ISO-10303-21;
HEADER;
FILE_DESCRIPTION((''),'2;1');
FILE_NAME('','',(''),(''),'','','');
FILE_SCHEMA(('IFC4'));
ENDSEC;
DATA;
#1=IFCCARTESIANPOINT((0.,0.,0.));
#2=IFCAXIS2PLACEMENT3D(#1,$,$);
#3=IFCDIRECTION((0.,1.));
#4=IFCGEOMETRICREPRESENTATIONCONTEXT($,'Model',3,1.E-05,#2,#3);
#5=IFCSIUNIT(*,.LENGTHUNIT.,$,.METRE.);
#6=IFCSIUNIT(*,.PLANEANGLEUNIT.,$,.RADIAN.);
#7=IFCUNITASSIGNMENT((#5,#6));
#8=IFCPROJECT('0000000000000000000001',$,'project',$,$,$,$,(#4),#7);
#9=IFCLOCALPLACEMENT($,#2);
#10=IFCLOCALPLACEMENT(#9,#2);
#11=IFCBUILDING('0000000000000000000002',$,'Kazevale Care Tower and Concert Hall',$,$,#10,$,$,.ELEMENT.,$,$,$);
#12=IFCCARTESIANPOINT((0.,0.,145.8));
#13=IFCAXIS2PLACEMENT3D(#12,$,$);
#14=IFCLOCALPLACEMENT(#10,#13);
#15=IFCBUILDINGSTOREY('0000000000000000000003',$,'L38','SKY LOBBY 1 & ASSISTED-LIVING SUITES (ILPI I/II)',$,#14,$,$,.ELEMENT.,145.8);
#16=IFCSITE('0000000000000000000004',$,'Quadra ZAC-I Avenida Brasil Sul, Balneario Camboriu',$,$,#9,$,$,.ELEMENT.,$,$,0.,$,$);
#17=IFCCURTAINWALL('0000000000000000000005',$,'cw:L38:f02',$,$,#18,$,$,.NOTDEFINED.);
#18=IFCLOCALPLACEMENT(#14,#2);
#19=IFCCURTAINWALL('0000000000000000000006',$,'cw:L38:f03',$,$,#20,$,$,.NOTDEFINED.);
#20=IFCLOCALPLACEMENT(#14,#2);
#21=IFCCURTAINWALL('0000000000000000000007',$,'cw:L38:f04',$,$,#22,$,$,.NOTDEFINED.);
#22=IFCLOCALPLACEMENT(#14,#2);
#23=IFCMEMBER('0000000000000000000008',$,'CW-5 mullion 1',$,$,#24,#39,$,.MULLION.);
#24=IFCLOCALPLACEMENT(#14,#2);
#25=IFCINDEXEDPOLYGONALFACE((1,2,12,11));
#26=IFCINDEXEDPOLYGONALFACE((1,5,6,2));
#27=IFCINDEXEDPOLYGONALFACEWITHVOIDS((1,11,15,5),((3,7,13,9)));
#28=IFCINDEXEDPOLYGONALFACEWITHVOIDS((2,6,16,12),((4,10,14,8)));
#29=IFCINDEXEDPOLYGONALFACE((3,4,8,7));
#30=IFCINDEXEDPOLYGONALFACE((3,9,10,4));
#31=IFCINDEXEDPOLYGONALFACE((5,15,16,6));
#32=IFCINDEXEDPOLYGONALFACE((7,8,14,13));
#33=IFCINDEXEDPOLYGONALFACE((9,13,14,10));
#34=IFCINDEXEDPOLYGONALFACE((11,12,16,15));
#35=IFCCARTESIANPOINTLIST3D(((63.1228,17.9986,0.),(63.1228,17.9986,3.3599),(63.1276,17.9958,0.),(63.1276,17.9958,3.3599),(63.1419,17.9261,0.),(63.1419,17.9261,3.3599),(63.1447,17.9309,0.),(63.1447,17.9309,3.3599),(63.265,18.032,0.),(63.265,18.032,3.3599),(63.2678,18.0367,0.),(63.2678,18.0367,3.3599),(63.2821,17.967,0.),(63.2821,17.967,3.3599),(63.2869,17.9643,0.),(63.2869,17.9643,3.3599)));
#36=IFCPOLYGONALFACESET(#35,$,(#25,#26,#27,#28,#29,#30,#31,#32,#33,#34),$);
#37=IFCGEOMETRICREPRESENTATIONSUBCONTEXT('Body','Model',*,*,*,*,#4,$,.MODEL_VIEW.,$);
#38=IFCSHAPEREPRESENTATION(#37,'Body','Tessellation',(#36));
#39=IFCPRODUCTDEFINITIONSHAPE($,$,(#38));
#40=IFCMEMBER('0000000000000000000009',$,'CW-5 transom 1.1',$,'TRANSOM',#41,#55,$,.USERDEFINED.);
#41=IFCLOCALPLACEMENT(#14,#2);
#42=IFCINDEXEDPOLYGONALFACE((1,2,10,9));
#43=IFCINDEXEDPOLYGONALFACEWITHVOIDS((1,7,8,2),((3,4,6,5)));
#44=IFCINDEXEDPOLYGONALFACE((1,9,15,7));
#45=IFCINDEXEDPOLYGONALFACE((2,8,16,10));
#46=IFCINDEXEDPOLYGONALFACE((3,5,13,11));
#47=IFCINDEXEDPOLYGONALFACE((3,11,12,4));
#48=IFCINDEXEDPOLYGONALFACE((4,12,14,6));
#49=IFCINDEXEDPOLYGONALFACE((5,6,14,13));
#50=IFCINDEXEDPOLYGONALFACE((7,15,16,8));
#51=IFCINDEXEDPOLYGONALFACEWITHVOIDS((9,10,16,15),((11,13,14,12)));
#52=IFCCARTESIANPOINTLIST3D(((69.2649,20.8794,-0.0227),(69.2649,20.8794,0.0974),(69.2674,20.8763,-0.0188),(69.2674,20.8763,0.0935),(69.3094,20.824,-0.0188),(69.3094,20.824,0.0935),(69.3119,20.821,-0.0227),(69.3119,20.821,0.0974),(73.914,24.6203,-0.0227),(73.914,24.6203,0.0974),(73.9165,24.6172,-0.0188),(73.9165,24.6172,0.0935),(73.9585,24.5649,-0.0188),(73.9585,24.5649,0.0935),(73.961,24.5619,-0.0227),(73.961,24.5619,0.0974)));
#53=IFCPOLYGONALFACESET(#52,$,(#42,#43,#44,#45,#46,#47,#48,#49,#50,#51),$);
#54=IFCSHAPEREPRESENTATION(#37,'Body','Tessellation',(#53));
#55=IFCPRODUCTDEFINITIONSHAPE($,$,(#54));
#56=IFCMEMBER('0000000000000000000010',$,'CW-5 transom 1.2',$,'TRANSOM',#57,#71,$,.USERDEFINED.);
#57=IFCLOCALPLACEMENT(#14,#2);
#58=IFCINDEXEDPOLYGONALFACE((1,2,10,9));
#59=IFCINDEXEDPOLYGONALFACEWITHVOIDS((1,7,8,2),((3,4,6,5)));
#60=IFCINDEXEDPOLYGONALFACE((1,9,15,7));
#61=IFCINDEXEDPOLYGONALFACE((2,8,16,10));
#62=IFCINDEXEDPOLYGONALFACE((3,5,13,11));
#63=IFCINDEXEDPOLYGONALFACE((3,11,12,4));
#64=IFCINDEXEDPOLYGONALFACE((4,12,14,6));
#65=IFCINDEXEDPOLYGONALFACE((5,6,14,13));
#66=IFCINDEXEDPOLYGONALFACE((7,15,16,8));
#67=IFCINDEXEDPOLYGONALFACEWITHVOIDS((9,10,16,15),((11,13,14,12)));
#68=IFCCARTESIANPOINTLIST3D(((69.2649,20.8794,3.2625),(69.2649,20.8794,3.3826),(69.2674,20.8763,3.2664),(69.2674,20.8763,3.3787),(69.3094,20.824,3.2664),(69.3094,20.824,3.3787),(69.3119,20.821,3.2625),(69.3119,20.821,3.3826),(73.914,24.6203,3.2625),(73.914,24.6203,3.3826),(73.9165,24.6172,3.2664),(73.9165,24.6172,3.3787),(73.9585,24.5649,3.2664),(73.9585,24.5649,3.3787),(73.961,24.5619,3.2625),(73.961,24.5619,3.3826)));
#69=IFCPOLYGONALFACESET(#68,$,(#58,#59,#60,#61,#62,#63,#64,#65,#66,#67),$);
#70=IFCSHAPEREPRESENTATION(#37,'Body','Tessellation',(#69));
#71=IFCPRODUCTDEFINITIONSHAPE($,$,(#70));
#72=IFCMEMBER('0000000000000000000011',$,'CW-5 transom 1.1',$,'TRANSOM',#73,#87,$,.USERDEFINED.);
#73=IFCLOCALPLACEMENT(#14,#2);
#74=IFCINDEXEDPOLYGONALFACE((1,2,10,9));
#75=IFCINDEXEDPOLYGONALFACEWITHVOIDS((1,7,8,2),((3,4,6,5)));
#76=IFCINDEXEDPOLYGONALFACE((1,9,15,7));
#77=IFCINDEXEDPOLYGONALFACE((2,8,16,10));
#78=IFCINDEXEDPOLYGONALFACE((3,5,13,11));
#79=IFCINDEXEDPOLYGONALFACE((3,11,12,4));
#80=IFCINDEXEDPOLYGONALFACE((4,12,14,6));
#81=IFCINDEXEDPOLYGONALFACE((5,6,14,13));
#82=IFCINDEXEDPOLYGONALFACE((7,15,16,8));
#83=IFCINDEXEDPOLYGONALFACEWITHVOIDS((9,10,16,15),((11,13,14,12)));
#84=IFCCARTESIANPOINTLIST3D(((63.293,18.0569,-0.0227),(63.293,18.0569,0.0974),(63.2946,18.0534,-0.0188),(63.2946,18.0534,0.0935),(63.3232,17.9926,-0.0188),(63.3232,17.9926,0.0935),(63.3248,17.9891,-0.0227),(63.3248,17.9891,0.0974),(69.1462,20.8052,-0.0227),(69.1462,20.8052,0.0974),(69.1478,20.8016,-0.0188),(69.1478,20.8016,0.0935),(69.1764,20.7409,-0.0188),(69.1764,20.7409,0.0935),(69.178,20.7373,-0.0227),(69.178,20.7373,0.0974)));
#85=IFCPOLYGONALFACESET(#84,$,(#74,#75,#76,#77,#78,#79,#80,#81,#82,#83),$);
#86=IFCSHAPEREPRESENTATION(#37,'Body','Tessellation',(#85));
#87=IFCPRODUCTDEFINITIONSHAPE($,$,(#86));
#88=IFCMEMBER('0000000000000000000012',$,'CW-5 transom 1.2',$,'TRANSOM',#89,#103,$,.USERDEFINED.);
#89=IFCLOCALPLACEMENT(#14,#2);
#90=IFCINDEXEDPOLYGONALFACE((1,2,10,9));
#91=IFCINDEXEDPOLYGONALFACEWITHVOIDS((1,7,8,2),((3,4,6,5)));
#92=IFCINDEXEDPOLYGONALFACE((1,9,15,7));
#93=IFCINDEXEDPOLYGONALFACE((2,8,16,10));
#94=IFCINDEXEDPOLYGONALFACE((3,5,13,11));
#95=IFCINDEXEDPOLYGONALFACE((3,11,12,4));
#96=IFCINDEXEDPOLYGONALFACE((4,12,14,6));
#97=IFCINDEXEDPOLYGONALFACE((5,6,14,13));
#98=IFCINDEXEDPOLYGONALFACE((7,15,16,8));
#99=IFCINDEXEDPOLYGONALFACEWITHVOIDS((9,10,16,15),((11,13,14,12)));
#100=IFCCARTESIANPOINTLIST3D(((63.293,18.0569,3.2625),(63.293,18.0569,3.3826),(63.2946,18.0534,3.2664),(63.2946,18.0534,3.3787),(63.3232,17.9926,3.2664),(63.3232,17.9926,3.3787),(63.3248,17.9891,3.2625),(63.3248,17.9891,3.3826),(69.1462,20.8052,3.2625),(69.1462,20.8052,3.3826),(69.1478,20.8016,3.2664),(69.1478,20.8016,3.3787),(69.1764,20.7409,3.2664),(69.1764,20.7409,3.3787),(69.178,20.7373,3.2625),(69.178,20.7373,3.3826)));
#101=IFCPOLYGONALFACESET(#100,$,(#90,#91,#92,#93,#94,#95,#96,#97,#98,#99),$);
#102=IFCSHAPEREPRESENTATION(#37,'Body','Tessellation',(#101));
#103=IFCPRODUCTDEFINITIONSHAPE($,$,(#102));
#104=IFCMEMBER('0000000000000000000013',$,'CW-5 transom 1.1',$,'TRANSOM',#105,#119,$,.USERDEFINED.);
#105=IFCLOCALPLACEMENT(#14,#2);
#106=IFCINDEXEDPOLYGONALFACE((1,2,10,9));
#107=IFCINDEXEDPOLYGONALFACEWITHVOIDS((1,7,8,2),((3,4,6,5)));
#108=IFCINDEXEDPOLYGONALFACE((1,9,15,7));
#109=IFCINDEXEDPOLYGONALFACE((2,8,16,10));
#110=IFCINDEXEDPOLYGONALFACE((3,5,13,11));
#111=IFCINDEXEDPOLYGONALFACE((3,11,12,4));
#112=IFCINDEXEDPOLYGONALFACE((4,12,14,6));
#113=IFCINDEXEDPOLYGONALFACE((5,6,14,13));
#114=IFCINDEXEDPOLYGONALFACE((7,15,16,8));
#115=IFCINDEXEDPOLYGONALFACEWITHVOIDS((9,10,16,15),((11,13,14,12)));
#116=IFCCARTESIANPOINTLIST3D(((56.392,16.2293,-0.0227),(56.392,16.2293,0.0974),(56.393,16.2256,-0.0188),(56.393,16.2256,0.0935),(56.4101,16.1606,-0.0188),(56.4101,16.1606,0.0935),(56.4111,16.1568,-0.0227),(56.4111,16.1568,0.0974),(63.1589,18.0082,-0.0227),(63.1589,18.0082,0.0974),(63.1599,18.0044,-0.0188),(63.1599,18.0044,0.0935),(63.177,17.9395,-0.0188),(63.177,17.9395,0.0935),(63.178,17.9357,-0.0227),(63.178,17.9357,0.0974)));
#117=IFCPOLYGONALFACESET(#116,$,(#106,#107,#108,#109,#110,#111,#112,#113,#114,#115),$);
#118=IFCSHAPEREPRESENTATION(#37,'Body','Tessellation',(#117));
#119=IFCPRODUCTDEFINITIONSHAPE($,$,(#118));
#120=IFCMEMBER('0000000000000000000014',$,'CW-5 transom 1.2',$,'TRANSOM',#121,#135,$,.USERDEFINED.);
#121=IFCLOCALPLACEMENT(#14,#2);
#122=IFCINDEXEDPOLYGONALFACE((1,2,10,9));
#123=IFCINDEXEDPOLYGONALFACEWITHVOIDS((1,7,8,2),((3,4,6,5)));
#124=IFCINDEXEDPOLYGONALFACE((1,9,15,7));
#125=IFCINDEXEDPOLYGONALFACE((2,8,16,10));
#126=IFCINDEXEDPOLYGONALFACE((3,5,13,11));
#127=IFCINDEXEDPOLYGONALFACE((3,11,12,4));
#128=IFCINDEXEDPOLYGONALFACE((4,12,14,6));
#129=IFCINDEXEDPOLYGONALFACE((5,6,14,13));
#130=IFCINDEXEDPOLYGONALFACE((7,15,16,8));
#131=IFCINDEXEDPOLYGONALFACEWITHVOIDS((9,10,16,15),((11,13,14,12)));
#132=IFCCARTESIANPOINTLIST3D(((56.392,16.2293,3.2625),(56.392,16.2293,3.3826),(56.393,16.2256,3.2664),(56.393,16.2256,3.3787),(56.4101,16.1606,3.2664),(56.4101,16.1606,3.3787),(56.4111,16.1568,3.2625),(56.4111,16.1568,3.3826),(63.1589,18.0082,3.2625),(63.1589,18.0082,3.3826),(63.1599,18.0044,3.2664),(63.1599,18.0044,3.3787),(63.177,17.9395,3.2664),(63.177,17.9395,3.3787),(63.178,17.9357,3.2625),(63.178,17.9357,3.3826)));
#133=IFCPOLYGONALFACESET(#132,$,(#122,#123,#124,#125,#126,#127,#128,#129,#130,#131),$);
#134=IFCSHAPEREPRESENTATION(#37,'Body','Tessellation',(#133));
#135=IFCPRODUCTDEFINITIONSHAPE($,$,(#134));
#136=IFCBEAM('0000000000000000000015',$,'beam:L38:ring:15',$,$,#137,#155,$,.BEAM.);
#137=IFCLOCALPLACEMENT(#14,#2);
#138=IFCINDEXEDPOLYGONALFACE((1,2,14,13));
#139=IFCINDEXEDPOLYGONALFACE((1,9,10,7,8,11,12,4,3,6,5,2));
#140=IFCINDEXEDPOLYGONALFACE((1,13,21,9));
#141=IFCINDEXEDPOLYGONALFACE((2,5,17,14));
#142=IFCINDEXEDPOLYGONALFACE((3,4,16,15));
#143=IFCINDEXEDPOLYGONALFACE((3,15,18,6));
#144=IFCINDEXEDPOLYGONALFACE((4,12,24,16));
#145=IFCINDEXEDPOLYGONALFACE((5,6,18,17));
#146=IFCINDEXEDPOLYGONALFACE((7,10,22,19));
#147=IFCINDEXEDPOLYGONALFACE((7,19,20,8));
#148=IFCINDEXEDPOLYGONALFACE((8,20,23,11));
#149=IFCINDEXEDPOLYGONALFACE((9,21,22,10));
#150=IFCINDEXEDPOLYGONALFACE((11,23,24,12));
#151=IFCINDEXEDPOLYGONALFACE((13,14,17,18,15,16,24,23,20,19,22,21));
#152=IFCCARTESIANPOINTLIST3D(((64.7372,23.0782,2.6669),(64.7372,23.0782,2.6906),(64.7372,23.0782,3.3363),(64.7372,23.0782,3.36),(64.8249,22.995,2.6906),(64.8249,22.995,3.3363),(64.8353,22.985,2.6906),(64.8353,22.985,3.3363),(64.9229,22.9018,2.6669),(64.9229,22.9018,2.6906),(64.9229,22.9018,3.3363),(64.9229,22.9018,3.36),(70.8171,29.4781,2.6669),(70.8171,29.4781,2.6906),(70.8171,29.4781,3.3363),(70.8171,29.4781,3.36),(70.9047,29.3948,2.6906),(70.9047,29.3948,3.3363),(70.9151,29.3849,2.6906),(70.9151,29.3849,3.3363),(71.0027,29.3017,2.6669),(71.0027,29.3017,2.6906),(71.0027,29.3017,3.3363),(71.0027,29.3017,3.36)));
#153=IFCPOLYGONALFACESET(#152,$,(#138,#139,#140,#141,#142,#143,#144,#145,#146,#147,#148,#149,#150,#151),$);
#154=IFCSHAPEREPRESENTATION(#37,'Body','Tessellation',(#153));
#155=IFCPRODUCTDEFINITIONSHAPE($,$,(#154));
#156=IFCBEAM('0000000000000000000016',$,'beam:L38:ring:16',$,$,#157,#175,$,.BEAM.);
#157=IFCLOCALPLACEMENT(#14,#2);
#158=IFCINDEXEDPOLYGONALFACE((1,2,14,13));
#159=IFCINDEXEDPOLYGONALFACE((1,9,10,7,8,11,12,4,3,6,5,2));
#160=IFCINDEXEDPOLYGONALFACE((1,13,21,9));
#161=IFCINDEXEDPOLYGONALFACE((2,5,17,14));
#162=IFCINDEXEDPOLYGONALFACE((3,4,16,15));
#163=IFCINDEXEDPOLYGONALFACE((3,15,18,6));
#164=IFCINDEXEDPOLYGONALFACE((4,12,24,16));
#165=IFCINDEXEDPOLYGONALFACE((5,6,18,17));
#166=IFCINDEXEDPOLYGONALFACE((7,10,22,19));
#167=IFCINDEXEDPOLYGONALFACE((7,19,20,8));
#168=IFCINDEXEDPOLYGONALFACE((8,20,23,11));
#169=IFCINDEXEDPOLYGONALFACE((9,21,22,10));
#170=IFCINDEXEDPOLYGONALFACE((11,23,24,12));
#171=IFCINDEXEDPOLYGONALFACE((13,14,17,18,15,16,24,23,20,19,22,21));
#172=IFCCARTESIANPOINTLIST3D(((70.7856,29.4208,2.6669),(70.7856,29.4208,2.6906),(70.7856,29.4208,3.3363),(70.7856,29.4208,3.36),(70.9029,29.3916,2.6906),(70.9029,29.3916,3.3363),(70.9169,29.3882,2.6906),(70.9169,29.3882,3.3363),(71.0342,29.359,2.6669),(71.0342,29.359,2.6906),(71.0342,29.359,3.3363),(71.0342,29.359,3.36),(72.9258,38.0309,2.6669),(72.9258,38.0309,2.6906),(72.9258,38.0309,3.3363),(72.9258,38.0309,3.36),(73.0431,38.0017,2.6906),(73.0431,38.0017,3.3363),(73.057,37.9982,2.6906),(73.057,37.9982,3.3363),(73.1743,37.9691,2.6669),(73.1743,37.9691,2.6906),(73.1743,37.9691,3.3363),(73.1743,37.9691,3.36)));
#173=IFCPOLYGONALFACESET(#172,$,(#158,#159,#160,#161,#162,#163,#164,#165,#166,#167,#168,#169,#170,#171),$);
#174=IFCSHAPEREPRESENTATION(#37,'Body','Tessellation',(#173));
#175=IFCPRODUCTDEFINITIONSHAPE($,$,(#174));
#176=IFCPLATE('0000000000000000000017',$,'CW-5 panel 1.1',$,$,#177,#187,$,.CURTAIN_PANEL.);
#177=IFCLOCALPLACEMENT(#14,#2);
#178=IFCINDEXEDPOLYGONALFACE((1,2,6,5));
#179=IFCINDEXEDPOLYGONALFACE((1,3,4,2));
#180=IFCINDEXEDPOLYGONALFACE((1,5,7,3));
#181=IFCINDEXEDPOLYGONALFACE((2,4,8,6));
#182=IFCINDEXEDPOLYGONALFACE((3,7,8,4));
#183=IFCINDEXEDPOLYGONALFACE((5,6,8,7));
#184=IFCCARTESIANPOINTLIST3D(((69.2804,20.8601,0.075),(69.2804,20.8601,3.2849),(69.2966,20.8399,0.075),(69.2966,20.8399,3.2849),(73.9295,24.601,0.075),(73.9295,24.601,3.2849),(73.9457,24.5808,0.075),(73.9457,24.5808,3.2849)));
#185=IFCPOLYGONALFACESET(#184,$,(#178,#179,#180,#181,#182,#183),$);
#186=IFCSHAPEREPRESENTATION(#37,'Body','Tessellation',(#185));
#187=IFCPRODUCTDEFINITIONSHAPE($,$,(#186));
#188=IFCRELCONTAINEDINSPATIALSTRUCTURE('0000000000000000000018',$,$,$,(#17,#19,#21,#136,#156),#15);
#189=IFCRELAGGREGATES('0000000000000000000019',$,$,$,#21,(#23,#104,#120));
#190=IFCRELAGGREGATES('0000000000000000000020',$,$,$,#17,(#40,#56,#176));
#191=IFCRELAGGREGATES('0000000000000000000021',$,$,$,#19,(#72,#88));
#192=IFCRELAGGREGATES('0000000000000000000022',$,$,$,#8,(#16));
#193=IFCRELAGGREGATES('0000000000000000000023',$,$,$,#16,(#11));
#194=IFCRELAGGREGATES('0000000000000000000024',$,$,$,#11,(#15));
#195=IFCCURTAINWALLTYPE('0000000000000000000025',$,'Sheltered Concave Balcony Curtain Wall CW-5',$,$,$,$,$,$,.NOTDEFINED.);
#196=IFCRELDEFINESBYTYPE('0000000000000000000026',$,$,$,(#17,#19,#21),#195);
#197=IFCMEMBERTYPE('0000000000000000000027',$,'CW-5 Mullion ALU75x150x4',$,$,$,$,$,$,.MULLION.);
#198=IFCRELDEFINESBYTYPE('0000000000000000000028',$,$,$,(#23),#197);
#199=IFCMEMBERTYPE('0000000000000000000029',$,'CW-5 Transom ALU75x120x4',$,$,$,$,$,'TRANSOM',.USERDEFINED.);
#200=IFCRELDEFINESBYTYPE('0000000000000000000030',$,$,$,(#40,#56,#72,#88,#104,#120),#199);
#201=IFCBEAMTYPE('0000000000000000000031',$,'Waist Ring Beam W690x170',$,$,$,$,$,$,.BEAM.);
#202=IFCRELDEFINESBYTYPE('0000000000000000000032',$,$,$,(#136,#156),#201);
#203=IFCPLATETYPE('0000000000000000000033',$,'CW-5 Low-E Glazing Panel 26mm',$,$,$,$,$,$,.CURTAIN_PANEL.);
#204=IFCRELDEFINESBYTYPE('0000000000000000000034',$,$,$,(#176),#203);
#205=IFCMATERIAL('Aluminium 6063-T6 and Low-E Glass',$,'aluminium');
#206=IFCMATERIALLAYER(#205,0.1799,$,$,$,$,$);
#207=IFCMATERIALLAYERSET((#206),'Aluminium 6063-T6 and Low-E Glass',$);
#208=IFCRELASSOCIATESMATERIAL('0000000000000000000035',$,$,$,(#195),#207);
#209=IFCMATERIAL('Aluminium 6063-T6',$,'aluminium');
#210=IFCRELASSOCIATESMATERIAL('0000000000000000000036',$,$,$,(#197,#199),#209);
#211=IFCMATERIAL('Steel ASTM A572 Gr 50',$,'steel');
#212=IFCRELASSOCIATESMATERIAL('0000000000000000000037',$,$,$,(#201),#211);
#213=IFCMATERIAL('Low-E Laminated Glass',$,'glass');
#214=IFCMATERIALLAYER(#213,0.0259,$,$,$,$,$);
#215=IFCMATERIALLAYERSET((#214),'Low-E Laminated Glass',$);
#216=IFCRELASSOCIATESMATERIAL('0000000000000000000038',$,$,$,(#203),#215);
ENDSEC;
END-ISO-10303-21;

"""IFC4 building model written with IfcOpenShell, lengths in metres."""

from ifc_helpers import new_model, si_unit, direction, frame, origin, origin_2d, place, context, subcontext, project, spatial, rectangle, hollow_rectangle, i_section, extrude, material, layer, layer_set, material_profile, profile_set, type_object, element, aggregate, save


model = new_model("IFC4")

# Units and contexts
model_context = context("Model", 3, precision=1e-05, world=origin(), true_north=direction((0.0, 1.0)))
body_context = subcontext(model_context, "Body", "Model", "MODEL_VIEW")
ifc_project = project(units=[si_unit("LENGTHUNIT", "METRE"), si_unit("PLANEANGLEUNIT", "RADIAN")], contexts=[model_context])

# Site, building, storey
site_placement = place(None, origin())
site = spatial("IfcSite", under=ifc_project, at=site_placement, Name="Quadra ZAC-I Avenida Brasil Sul, Balneario Camboriu", CompositionType="ELEMENT", RefElevation=0.0)
building_placement = place(site_placement, origin())
building = spatial("IfcBuilding", under=site, at=building_placement, Name="Kazevale Care Tower and Concert Hall", CompositionType="ELEMENT")
storey_placement = place(building_placement, frame((0.0, 0.0, 145.8)))
storey = spatial("IfcBuildingStorey", under=building, at=storey_placement, Name="L38", Description="SKY LOBBY 1 & ASSISTED-LIVING SUITES (ILPI I/II)", CompositionType="ELEMENT", Elevation=145.8)

# Shared definitions
ifc_material_1 = material(Name="Aluminium 6063-T6 and Low-E Glass", Category="aluminium")
ifc_material_2 = material(Name="Aluminium 6063-T6", Category="aluminium")

# Curtain walls
ifc_layer_1 = layer(ifc_material_1, 0.1799)
ifc_layer_set_1 = layer_set([ifc_layer_1], Name="Aluminium 6063-T6 and Low-E Glass")
curtain_wall_type_1 = type_object("IfcCurtainWallType", Name="Sheltered Concave Balcony Curtain Wall CW-5", PredefinedType="NOTDEFINED", material=ifc_layer_set_1)
curtain_wall_1_placement = place(storey_placement, origin())
curtain_wall_1 = element("IfcCurtainWall", 1, at=curtain_wall_1_placement, inside=storey, type_object=curtain_wall_type_1, Name="cw:L38:f02", PredefinedType="NOTDEFINED")
ifc_material_profile_1 = material_profile(ifc_material_2, hollow_rectangle(XDim=0.075, YDim=0.1499, WallThickness=0.0039, at=origin_2d()), Name="ALU75x150x4")
ifc_profile_set_1 = profile_set([ifc_material_profile_1], Name="Aluminium 6063-T6")
member_type_1 = type_object("IfcMemberType", Name="CW-5 Mullion ALU75x150x4", PredefinedType="MULLION", material=ifc_profile_set_1)
curtain_wall_2_placement = place(storey_placement, origin())
curtain_wall_2 = element("IfcCurtainWall", 2, at=curtain_wall_2_placement, inside=storey, type_object=curtain_wall_type_1, Name="cw:L38:f03", PredefinedType="NOTDEFINED")

# Curtain wall, member
curtain_wall_3_placement = place(storey_placement, origin())
curtain_wall_3 = element("IfcCurtainWall", 3, at=curtain_wall_3_placement, inside=storey, type_object=curtain_wall_type_1, Name="cw:L38:f04", PredefinedType="NOTDEFINED")
member_1_placement = place(storey_placement, frame((63.2048, 17.9814, 0.0), z_axis=(0.0, 0.0, 1.0), x_axis=(0.254238, -0.967142, 0.0)))
member_1 = element("IfcMember", 4, at=member_1_placement, type_object=member_type_1, Name="CW-5 mullion 1", PredefinedType="MULLION", context=body_context, shape_type="SweptSolid", body=[
    extrude(hollow_rectangle(XDim=0.075, YDim=0.1499, WallThickness=0.0039, at=origin_2d()), origin(), (0.0, 0.0, 1.0), 3.3599),
])

# Members
ifc_material_profile_2 = material_profile(ifc_material_2, hollow_rectangle(XDim=0.075, YDim=0.1201, WallThickness=0.0039, at=origin_2d()), Name="ALU75x120x4")
ifc_profile_set_2 = profile_set([ifc_material_profile_2], Name="Aluminium 6063-T6")
member_type_2 = type_object("IfcMemberType", Name="CW-5 Transom ALU75x120x4", ElementType="TRANSOM", PredefinedType="USERDEFINED", material=ifc_profile_set_2)
member_2_placement = place(storey_placement, frame((73.9375, 24.5911, 0.0374), z_axis=(-0.779097, -0.626903, 0.0), x_axis=(0.626903, -0.779097, 0.0)))
member_2 = element("IfcMember", 5, at=member_2_placement, type_object=member_type_2, Name="CW-5 transom 1.1", ObjectType="TRANSOM", PredefinedType="USERDEFINED", context=body_context, shape_type="SweptSolid", body=[
    extrude(hollow_rectangle(XDim=0.075, YDim=0.1201, WallThickness=0.0039, at=origin_2d()), origin(), (0.0, 0.0, 1.0), 5.9673),
])
member_3_placement = place(storey_placement, frame((73.9375, 24.5911, 3.3225), z_axis=(-0.779097, -0.626903, 0.0), x_axis=(0.626903, -0.779097, 0.0)))
member_3 = element("IfcMember", 6, at=member_3_placement, type_object=member_type_2, Name="CW-5 transom 1.2", ObjectType="TRANSOM", PredefinedType="USERDEFINED", context=body_context, shape_type="SweptSolid", body=[
    extrude(hollow_rectangle(XDim=0.075, YDim=0.1201, WallThickness=0.0039, at=origin_2d()), origin(), (0.0, 0.0, 1.0), 5.9673),
])
member_4_placement = place(storey_placement, frame((69.1621, 20.7712, 0.0374), z_axis=(-0.905187, -0.425013, 0.0), x_axis=(0.425013, -0.905187, 0.0)))
member_4 = element("IfcMember", 7, at=member_4_placement, type_object=member_type_2, Name="CW-5 transom 1.1", ObjectType="TRANSOM", PredefinedType="USERDEFINED", context=body_context, shape_type="SweptSolid", body=[
    extrude(hollow_rectangle(XDim=0.075, YDim=0.1201, WallThickness=0.0039, at=origin_2d()), origin(), (0.0, 0.0, 1.0), 6.4663),
])
member_5_placement = place(storey_placement, frame((69.1621, 20.7712, 3.3225), z_axis=(-0.905187, -0.425013, 0.0), x_axis=(0.425013, -0.905187, 0.0)))
member_5 = element("IfcMember", 8, at=member_5_placement, type_object=member_type_2, Name="CW-5 transom 1.2", ObjectType="TRANSOM", PredefinedType="USERDEFINED", context=body_context, shape_type="SweptSolid", body=[
    extrude(hollow_rectangle(XDim=0.075, YDim=0.1201, WallThickness=0.0039, at=origin_2d()), origin(), (0.0, 0.0, 1.0), 6.4663),
])
member_6_placement = place(storey_placement, frame((63.1685, 17.9719, 0.0374), z_axis=(-0.967143, -0.254234, 0.0), x_axis=(0.254234, -0.967143, 0.0)))
member_6 = element("IfcMember", 9, at=member_6_placement, type_object=member_type_2, Name="CW-5 transom 1.1", ObjectType="TRANSOM", PredefinedType="USERDEFINED", context=body_context, shape_type="SweptSolid", body=[
    extrude(hollow_rectangle(XDim=0.075, YDim=0.1201, WallThickness=0.0039, at=origin_2d()), origin(), (0.0, 0.0, 1.0), 6.9968),
])
member_7_placement = place(storey_placement, frame((63.1685, 17.9719, 3.3225), z_axis=(-0.967143, -0.254234, 0.0), x_axis=(0.254234, -0.967143, 0.0)))
member_7 = element("IfcMember", 10, at=member_7_placement, type_object=member_type_2, Name="CW-5 transom 1.2", ObjectType="TRANSOM", PredefinedType="USERDEFINED", context=body_context, shape_type="SweptSolid", body=[
    extrude(hollow_rectangle(XDim=0.075, YDim=0.1201, WallThickness=0.0039, at=origin_2d()), origin(), (0.0, 0.0, 1.0), 6.9968),
])
aggregate(curtain_wall_3, [member_1, member_6, member_7])

# Beams
ifc_material_3 = material(Name="Steel ASTM A572 Gr 50", Category="steel")
ifc_material_profile_3 = material_profile(ifc_material_3, i_section(OverallWidth=0.2561, OverallDepth=0.6931, WebThickness=0.0144, FlangeThickness=0.0237, at=origin_2d()), Name="W690x170")
ifc_profile_set_3 = profile_set([ifc_material_profile_3], Name="Steel ASTM A572 Gr 50")
beam_type = type_object("IfcBeamType", Name="Waist Ring Beam W690x170", PredefinedType="BEAM", material=ifc_profile_set_3)
beam_1_placement = place(storey_placement, frame((64.8301, 22.99, 3.0134), z_axis=(0.688745, 0.725004, 0.0), x_axis=(-0.725004, 0.688745, 0.0)))
element("IfcBeam", 11, at=beam_1_placement, inside=storey, type_object=beam_type, Name="beam:L38:ring:15", PredefinedType="BEAM", context=body_context, shape_type="SweptSolid", body=[
    extrude(i_section(OverallWidth=0.2561, OverallDepth=0.6931, WebThickness=0.0144, FlangeThickness=0.0237, at=origin_2d()), origin(), (0.0, 0.0, 1.0), 8.8274),
])
beam_2_placement = place(storey_placement, frame((70.9099, 29.3899, 3.0134), z_axis=(0.241221, 0.97047, 0.0), x_axis=(-0.97047, 0.241221, 0.0)))
element("IfcBeam", 12, at=beam_2_placement, inside=storey, type_object=beam_type, Name="beam:L38:ring:16", PredefinedType="BEAM", context=body_context, shape_type="SweptSolid", body=[
    extrude(i_section(OverallWidth=0.2561, OverallDepth=0.6931, WebThickness=0.0144, FlangeThickness=0.0237, at=origin_2d()), origin(), (0.0, 0.0, 1.0), 8.8721),
])

# Plate
ifc_material_4 = material(Name="Low-E Laminated Glass", Category="glass")
ifc_layer_2 = layer(ifc_material_4, 0.0259)
ifc_layer_set_2 = layer_set([ifc_layer_2], Name="Low-E Laminated Glass")
plate_type = type_object("IfcPlateType", Name="CW-5 Low-E Glazing Panel 26mm", PredefinedType="CURTAIN_PANEL", material=ifc_layer_set_2)
plate_1_placement = place(storey_placement, frame((71.613, 22.7205, 0.075), z_axis=(0.0, 0.0, 1.0), x_axis=(-0.779095, -0.626905, 0.0)))
plate_1 = element("IfcPlate", 13, at=plate_1_placement, type_object=plate_type, Name="CW-5 panel 1.1", PredefinedType="CURTAIN_PANEL", context=body_context, shape_type="SweptSolid", body=[
    extrude(rectangle(XDim=5.9673, YDim=0.0259, at=origin_2d()), origin(), (0.0, 0.0, 1.0), 3.21),
])
aggregate(curtain_wall_1, [member_2, member_3, plate_1])
aggregate(curtain_wall_2, [member_4, member_5])

save(model, "model.ifc")
